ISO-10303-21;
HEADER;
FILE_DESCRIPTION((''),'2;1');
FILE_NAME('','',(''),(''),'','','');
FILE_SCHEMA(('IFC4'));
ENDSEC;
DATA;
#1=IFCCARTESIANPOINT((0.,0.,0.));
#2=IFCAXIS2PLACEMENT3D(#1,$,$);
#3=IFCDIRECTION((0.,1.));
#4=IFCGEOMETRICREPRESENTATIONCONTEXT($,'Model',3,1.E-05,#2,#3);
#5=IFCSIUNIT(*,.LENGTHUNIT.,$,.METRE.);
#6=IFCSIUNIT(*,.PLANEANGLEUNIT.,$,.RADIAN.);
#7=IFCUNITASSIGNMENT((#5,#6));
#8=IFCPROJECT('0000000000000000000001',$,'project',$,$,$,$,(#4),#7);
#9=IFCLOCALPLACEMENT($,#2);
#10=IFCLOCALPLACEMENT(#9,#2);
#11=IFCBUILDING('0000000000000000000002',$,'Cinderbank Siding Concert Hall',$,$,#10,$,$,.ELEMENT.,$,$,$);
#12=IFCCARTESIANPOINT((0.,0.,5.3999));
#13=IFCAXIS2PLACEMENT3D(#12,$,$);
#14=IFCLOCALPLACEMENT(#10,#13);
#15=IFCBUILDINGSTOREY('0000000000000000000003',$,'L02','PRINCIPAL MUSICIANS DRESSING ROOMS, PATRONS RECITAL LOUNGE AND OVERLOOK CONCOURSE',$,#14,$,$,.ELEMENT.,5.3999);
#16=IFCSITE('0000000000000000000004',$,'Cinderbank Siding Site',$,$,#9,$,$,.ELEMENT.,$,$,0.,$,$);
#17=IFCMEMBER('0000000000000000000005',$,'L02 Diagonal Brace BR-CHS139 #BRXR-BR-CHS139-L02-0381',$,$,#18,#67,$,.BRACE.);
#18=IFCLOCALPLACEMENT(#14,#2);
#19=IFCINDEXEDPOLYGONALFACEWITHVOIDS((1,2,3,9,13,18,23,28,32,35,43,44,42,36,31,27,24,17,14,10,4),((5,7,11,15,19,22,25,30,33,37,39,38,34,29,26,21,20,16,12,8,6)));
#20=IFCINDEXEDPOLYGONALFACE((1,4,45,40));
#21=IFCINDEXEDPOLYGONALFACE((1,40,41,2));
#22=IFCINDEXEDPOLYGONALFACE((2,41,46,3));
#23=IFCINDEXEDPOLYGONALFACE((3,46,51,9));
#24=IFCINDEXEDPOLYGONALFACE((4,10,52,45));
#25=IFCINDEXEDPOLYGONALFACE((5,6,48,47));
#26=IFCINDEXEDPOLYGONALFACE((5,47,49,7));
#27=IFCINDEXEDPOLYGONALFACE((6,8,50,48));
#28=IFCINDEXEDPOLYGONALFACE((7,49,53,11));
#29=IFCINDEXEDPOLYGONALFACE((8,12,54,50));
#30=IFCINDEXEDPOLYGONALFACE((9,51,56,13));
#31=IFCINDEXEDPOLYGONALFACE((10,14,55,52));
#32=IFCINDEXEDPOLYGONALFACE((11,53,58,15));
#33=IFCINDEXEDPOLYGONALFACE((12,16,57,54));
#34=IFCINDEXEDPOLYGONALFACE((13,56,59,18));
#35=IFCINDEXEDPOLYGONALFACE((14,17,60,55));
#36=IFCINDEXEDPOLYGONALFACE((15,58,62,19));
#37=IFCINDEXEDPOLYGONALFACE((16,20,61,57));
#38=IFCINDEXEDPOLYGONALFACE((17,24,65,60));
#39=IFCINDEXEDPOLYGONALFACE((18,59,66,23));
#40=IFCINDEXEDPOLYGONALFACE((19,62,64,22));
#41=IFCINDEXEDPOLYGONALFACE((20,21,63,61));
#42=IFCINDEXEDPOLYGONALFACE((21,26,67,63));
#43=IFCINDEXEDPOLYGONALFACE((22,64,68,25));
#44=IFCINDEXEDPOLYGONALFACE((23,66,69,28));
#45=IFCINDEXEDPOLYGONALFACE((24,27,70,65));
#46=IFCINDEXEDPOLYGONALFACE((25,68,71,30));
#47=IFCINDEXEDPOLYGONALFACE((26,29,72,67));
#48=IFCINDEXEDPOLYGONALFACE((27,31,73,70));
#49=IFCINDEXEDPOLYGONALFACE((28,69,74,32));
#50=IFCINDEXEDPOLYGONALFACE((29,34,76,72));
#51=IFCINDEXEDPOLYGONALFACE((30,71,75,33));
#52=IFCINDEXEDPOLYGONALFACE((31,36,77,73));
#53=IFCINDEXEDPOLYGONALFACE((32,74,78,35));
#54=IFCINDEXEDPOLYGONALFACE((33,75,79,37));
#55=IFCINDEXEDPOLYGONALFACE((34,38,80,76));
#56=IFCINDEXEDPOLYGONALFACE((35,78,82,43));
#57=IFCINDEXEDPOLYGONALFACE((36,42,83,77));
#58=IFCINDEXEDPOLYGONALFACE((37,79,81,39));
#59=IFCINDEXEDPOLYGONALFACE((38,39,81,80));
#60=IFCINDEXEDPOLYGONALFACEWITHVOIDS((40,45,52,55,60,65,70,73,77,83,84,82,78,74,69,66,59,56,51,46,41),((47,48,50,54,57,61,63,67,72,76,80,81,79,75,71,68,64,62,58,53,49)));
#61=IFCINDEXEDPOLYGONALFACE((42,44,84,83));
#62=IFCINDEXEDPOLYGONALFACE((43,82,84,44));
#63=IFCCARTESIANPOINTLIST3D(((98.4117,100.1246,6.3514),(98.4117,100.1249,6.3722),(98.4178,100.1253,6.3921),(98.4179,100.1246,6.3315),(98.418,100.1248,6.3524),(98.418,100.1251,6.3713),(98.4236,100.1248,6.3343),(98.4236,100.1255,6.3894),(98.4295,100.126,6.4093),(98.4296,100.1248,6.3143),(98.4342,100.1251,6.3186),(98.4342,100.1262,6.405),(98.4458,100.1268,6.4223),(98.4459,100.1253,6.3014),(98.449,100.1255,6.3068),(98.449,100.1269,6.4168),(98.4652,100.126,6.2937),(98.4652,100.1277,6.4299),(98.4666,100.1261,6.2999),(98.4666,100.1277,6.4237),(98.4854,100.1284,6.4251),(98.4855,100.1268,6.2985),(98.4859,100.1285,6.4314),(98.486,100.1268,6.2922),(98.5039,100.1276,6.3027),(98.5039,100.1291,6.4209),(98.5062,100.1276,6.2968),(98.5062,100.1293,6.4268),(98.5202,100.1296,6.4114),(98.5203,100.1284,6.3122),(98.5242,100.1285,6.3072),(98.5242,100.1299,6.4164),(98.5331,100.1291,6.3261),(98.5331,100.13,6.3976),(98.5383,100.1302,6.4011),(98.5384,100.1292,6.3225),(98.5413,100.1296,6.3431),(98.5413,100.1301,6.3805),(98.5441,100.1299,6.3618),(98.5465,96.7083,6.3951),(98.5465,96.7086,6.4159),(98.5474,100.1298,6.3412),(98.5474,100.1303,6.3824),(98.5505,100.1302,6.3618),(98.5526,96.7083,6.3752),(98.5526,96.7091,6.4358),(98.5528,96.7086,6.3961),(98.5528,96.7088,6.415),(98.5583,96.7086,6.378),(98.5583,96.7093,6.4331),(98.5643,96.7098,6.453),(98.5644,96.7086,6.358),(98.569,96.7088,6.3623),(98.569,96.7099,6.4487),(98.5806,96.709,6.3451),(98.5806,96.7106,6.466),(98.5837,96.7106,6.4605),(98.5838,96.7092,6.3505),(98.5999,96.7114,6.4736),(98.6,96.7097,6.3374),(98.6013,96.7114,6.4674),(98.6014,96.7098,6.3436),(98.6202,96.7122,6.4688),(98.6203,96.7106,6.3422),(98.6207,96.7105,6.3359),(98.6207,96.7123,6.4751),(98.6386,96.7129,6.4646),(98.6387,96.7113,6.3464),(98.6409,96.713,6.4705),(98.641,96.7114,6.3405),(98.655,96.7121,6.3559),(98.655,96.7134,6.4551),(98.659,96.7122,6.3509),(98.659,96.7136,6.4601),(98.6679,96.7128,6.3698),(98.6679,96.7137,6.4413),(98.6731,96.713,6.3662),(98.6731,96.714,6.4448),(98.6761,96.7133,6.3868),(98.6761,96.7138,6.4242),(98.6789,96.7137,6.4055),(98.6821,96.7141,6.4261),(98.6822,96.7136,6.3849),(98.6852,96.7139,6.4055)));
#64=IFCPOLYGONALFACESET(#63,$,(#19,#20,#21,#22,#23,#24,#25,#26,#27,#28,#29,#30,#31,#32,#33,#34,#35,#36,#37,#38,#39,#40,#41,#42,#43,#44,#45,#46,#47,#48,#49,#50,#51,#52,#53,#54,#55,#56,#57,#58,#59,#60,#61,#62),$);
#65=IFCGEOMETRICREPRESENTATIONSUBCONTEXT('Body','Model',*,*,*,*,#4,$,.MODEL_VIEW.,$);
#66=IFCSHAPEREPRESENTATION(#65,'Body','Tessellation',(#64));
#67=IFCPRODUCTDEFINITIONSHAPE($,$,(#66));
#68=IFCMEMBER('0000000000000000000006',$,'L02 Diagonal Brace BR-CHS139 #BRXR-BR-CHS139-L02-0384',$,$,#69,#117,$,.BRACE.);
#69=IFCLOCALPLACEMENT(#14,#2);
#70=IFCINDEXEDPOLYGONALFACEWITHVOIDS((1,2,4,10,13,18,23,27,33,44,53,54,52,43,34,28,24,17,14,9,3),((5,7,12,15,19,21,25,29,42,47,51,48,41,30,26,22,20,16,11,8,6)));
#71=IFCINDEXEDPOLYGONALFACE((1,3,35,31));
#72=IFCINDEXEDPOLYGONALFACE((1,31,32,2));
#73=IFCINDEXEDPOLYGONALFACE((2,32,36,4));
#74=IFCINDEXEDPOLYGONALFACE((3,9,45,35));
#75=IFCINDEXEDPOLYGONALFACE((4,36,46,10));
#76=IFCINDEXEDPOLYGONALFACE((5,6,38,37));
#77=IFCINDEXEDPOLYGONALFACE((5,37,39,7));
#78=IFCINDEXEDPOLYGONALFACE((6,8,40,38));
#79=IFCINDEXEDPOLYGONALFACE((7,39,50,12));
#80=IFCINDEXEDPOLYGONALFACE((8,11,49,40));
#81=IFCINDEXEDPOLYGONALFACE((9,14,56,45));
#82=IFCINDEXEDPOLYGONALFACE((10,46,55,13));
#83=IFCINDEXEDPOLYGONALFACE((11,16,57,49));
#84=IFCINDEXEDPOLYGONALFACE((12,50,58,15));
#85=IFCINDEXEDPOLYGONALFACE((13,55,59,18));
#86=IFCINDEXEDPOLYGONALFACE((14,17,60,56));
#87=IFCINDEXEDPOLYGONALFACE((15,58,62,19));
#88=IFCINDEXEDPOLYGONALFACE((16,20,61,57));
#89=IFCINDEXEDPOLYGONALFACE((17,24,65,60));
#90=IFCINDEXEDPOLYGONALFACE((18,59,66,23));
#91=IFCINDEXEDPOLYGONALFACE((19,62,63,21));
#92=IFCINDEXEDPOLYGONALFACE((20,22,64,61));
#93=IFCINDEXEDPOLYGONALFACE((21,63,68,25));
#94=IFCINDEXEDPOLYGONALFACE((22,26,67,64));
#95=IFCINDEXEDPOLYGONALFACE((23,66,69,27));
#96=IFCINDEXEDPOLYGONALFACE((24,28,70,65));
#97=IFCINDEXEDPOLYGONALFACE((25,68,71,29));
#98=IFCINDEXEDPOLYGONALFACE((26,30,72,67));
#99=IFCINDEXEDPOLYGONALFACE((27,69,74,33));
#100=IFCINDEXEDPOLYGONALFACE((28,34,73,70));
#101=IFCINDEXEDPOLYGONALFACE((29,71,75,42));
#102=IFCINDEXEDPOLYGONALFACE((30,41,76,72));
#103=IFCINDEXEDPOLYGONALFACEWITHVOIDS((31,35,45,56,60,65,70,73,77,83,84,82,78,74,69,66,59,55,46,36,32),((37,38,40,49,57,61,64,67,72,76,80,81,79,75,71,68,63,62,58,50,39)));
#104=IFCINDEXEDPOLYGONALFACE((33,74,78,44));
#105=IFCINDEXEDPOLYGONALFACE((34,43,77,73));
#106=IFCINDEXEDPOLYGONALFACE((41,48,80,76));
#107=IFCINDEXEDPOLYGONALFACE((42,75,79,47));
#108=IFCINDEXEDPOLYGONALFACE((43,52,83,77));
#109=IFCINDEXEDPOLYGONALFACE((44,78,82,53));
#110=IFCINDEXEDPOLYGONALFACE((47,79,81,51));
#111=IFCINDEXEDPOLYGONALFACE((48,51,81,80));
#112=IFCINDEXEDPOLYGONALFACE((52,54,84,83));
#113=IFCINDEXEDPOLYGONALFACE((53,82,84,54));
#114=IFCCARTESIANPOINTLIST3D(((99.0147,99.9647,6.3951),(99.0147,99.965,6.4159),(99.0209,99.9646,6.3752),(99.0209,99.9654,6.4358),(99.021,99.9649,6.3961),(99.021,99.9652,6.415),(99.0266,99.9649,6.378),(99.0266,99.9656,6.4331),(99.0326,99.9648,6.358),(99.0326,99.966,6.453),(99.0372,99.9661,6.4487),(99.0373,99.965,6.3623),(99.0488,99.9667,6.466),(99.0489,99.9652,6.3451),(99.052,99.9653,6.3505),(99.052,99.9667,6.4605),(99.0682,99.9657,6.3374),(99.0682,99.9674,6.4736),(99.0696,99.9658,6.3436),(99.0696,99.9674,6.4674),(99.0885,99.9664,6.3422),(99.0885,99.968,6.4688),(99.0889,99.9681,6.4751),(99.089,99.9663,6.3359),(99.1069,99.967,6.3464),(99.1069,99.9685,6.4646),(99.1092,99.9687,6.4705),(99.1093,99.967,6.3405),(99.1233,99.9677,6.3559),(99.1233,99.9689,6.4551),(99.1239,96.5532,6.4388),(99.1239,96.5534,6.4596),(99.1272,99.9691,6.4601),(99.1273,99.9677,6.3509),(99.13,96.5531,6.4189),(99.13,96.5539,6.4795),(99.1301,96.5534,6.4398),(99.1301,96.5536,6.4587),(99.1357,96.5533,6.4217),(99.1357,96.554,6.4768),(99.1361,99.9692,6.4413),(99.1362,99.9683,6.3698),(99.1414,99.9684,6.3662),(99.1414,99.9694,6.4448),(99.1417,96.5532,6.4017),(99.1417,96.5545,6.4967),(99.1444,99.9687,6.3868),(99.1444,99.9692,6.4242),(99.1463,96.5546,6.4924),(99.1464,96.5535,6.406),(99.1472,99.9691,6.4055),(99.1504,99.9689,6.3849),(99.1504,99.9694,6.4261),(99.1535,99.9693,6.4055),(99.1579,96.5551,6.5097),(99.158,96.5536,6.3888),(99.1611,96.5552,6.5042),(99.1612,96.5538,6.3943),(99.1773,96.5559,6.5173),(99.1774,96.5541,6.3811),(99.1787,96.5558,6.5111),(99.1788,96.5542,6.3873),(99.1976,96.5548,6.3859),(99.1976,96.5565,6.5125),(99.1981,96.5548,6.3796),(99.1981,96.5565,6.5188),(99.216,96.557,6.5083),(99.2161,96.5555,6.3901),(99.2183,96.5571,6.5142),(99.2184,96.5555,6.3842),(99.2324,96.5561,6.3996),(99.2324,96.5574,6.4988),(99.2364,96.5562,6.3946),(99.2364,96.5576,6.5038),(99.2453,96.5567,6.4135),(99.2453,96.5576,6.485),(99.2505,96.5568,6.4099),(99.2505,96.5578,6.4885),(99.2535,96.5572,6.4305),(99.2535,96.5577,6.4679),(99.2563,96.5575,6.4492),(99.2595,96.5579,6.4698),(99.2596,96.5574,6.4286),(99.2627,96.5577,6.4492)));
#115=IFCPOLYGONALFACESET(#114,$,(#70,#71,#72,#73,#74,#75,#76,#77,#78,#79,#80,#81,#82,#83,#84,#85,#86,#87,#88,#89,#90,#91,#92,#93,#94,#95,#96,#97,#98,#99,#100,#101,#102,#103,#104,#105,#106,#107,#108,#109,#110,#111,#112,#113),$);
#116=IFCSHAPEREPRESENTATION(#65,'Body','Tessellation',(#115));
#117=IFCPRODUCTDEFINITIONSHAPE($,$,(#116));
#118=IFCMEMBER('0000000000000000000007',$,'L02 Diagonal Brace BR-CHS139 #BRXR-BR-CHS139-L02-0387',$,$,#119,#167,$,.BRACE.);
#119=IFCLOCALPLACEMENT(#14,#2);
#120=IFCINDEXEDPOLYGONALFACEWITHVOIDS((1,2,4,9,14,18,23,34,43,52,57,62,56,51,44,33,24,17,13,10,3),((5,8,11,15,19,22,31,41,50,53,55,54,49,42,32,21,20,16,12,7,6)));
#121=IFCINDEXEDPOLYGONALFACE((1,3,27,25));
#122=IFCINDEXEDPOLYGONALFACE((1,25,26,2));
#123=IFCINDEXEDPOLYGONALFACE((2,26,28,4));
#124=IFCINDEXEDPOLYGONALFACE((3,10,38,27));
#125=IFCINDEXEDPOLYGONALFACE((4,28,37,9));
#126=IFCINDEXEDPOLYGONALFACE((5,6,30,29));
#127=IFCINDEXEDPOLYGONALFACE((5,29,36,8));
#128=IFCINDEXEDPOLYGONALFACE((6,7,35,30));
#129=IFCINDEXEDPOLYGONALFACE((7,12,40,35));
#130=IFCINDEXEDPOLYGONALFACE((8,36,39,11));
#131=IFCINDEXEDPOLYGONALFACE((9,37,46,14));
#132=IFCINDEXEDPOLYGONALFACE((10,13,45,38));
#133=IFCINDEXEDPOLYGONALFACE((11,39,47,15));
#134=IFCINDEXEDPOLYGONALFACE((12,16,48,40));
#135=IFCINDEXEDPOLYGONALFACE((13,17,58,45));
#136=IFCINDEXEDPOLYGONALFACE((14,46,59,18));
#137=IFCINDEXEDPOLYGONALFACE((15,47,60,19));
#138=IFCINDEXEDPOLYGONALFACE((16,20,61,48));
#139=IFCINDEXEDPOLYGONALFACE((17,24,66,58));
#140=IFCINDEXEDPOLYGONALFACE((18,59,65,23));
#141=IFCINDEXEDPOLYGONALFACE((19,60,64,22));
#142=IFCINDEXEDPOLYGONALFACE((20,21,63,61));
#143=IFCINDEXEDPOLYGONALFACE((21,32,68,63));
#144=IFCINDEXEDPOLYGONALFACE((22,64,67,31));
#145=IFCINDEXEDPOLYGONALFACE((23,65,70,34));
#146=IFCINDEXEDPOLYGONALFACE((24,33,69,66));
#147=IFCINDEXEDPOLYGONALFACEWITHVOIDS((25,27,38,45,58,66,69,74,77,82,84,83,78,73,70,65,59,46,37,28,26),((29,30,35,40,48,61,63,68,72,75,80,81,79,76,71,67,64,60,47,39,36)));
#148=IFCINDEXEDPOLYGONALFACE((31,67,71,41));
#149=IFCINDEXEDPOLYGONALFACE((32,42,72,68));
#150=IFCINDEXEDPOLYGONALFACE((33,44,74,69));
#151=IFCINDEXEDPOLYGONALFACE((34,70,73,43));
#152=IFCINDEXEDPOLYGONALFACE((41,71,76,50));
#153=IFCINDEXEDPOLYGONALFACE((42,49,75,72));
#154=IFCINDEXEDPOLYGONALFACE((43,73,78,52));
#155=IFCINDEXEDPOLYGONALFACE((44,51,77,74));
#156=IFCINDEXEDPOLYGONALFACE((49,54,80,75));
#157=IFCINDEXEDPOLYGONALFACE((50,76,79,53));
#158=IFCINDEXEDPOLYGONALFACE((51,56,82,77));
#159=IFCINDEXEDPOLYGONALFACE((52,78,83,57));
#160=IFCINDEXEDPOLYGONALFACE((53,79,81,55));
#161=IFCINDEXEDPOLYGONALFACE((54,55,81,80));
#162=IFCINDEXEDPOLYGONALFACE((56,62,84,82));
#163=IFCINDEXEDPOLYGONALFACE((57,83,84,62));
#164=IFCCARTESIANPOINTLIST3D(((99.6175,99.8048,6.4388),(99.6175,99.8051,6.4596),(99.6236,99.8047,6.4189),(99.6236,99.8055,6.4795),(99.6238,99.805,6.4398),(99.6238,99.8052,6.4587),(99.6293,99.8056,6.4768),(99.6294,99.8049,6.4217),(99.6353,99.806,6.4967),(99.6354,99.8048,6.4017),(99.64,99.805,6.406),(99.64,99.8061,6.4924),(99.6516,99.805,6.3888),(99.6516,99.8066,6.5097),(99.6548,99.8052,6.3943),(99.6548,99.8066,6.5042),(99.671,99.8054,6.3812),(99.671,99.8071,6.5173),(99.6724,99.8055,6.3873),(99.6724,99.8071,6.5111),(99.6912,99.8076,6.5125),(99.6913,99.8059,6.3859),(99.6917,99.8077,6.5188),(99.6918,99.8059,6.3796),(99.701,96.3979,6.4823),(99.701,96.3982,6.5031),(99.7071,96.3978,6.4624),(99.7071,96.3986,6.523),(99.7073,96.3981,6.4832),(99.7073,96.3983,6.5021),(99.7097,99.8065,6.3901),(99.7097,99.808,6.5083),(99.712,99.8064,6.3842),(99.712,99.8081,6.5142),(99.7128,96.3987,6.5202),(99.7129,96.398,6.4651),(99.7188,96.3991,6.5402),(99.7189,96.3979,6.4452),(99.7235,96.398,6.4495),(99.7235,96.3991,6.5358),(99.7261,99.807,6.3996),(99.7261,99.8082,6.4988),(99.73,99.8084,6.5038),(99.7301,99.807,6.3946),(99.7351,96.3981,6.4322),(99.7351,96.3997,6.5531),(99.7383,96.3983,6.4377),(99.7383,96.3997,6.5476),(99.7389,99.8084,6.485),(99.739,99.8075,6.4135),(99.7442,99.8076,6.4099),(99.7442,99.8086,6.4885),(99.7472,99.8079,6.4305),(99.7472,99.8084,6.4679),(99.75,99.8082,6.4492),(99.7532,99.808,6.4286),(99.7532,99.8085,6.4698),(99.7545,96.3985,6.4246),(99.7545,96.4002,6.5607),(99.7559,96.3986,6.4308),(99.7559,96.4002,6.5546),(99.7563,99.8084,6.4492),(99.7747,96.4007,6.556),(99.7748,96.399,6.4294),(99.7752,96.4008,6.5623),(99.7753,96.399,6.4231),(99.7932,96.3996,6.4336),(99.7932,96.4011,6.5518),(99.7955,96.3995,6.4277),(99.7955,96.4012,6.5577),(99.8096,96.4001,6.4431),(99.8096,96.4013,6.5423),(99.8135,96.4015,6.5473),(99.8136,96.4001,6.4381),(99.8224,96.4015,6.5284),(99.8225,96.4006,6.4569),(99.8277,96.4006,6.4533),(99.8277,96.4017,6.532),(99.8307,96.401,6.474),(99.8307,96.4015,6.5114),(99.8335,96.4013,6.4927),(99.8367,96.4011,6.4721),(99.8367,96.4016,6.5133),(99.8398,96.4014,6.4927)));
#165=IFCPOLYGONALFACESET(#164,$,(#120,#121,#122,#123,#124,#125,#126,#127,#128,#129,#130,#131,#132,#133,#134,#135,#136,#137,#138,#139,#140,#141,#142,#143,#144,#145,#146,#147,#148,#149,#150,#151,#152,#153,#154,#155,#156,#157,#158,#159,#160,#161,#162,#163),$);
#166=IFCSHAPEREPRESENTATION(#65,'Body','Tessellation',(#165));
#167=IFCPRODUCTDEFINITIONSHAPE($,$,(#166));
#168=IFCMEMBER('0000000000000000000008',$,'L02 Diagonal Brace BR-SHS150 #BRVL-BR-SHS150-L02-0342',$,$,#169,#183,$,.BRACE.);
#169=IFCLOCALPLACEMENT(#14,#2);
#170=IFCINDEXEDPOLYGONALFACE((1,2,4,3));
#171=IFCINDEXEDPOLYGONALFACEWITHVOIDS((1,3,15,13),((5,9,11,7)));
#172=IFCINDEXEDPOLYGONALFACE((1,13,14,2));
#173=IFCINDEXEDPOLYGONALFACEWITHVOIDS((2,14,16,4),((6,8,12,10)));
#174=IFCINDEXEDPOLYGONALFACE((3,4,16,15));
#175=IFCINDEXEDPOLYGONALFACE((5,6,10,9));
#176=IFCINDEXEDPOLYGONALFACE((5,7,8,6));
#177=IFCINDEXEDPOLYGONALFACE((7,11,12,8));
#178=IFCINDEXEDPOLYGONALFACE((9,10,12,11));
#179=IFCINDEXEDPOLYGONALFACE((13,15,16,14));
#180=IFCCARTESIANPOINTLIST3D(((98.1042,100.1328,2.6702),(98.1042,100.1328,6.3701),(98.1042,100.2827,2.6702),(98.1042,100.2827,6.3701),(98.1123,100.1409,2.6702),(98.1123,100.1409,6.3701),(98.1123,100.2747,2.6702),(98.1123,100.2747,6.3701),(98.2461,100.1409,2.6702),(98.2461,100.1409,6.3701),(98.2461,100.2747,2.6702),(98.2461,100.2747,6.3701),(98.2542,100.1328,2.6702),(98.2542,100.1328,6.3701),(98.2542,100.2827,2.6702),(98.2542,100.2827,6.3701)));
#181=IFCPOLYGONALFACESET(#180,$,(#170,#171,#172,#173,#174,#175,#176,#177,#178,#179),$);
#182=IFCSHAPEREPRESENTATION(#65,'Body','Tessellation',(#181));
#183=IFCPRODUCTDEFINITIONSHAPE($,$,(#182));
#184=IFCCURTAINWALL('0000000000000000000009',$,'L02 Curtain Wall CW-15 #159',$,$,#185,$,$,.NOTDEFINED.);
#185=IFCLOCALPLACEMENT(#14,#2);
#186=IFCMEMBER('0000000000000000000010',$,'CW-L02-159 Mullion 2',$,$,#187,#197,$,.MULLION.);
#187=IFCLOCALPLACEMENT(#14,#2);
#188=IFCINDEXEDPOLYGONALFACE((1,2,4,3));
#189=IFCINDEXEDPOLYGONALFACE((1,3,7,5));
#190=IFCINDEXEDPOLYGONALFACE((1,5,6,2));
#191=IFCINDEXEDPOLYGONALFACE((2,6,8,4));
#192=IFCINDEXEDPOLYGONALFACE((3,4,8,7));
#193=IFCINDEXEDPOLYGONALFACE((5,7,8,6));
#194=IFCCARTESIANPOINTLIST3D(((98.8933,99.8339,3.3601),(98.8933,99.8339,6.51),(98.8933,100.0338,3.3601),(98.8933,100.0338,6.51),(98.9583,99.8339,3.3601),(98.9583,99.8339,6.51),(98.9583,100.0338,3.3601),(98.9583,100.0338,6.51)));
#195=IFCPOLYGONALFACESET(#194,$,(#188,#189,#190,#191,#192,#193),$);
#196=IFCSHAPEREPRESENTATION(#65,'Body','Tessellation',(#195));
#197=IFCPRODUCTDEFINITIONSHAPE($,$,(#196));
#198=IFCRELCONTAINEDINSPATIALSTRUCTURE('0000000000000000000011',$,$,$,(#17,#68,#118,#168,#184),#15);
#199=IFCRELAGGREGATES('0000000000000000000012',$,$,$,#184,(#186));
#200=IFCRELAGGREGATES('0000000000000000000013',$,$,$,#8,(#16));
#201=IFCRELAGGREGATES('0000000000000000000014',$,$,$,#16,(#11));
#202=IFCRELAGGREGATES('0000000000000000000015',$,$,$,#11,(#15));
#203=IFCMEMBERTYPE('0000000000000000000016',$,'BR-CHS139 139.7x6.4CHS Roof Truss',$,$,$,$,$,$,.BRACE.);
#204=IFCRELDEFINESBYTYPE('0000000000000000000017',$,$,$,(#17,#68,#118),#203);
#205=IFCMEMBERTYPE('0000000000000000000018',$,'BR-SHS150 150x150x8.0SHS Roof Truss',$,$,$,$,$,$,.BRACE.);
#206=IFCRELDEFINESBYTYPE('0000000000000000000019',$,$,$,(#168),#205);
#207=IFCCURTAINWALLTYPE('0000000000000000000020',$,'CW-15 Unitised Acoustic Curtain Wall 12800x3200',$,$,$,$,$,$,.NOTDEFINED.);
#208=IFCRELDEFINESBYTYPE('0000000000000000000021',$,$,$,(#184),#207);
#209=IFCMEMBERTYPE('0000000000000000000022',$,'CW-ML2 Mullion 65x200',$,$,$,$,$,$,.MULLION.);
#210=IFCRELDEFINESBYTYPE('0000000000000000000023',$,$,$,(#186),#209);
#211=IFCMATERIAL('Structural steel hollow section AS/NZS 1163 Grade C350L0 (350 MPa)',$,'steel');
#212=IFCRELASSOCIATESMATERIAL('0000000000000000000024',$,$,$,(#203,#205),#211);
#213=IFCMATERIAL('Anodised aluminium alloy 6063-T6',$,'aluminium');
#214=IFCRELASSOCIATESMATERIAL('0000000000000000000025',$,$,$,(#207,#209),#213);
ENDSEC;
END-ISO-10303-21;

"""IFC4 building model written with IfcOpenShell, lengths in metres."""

from ifc_helpers import new_model, si_unit, direction, frame, origin, origin_2d, place, context, subcontext, project, spatial, rectangle, hollow_rectangle, hollow_circle, extrude, material, material_profile, profile_set, type_object, element, aggregate, save


model = new_model("IFC4")

# Units and contexts
model_context = context("Model", 3, precision=1e-05, world=origin(), true_north=direction((0.0, 1.0)))
body_context = subcontext(model_context, "Body", "Model", "MODEL_VIEW")
ifc_project = project(units=[si_unit("LENGTHUNIT", "METRE"), si_unit("PLANEANGLEUNIT", "RADIAN")], contexts=[model_context])

# Site, building, storey
site_placement = place(None, origin())
site = spatial("IfcSite", under=ifc_project, at=site_placement, Name="Cinderbank Siding Site", CompositionType="ELEMENT", RefElevation=0.0)
building_placement = place(site_placement, origin())
building = spatial("IfcBuilding", under=site, at=building_placement, Name="Cinderbank Siding Concert Hall", CompositionType="ELEMENT")
storey_placement = place(building_placement, frame((0.0, 0.0, 5.3999)))
storey = spatial("IfcBuildingStorey", under=building, at=storey_placement, Name="L02", Description="PRINCIPAL MUSICIANS DRESSING ROOMS, PATRONS RECITAL LOUNGE AND OVERLOOK CONCOURSE", CompositionType="ELEMENT", Elevation=5.3999)

# Members
ifc_material_1 = material(Name="Structural steel hollow section AS/NZS 1163 Grade C350L0 (350 MPa)", Category="steel")
ifc_material_profile_1 = material_profile(ifc_material_1, hollow_circle(Radius=0.0698, WallThickness=0.0063, at=origin_2d()), Name="139.7x6.4CHS", Category="LoadBearing")
ifc_profile_set_1 = profile_set([ifc_material_profile_1], Name="Structural steel hollow section AS/NZS 1163 Grade C350L0 (350 MPa)")
member_type_1 = type_object("IfcMemberType", Name="BR-CHS139 139.7x6.4CHS Roof Truss", PredefinedType="BRACE", material=ifc_profile_set_1)
member_1_placement = place(storey_placement, frame((98.4807, 100.1274, 6.3618), z_axis=(0.039414, -0.999141, 0.012781), x_axis=(0.999223, 0.039418, 0.0)))
element("IfcMember", 1, at=member_1_placement, inside=storey, type_object=member_type_1, Name="L02 Diagonal Brace BR-CHS139 #BRXR-BR-CHS139-L02-0381", PredefinedType="BRACE", context=body_context, shape_type="SweptSolid", body=[
    extrude(hollow_circle(Radius=0.0698, WallThickness=0.0063, at=origin_2d()), origin(), (0.0, 0.0, 1.0), 3.4192),
])
member_2_placement = place(storey_placement, frame((99.0837, 99.967, 6.4055), z_axis=(0.031969, -0.999407, 0.012802), x_axis=(0.999489, 0.031972, 0.0)))
element("IfcMember", 2, at=member_2_placement, inside=storey, type_object=member_type_1, Name="L02 Diagonal Brace BR-CHS139 #BRXR-BR-CHS139-L02-0384", PredefinedType="BRACE", context=body_context, shape_type="SweptSolid", body=[
    extrude(hollow_circle(Radius=0.0698, WallThickness=0.0063, at=origin_2d()), origin(), (0.0, 0.0, 1.0), 3.4136),
])
member_3_placement = place(storey_placement, frame((99.6865, 99.8066, 6.4492), z_axis=(0.024498, -0.999619, 0.01275), x_axis=(0.9997, 0.0245, 0.0)))
element("IfcMember", 3, at=member_3_placement, inside=storey, type_object=member_type_1, Name="L02 Diagonal Brace BR-CHS139 #BRXR-BR-CHS139-L02-0387", PredefinedType="BRACE", context=body_context, shape_type="SweptSolid", body=[
    extrude(hollow_circle(Radius=0.0698, WallThickness=0.0063, at=origin_2d()), origin(), (0.0, 0.0, 1.0), 3.4082),
])
ifc_material_profile_2 = material_profile(ifc_material_1, hollow_rectangle(XDim=0.1499, YDim=0.1499, WallThickness=0.0081, at=origin_2d()), Name="150x150x8.0SHS", Category="LoadBearing")
ifc_profile_set_2 = profile_set([ifc_material_profile_2], Name="Structural steel hollow section AS/NZS 1163 Grade C350L0 (350 MPa)")
member_type_2 = type_object("IfcMemberType", Name="BR-SHS150 150x150x8.0SHS Roof Truss", PredefinedType="BRACE", material=ifc_profile_set_2)
member_4_placement = place(storey_placement, frame((98.1792, 100.2078, 2.6702), z_axis=(0.0, 0.0, 1.0), x_axis=(1.0, 0.0, 0.0)))
element("IfcMember", 4, at=member_4_placement, inside=storey, type_object=member_type_2, Name="L02 Diagonal Brace BR-SHS150 #BRVL-BR-SHS150-L02-0342", PredefinedType="BRACE", context=body_context, shape_type="SweptSolid", body=[
    extrude(hollow_rectangle(XDim=0.1499, YDim=0.1499, WallThickness=0.0081, at=origin_2d()), origin(), (0.0, 0.0, 1.0), 3.7),
])

# Curtain wall, member
ifc_material_2 = material(Name="Anodised aluminium alloy 6063-T6", Category="aluminium")
curtain_wall_type = type_object("IfcCurtainWallType", Name="CW-15 Unitised Acoustic Curtain Wall 12800x3200", PredefinedType="NOTDEFINED", material=ifc_material_2)
curtain_wall_placement = place(storey_placement, origin())
curtain_wall = element("IfcCurtainWall", 5, at=curtain_wall_placement, inside=storey, type_object=curtain_wall_type, Name="L02 Curtain Wall CW-15 #159", PredefinedType="NOTDEFINED")
ifc_material_profile_3 = material_profile(ifc_material_2, rectangle(XDim=0.0649, YDim=0.2, at=origin_2d()), Name="ALU-MULL-65x200", Category="LoadBearing")
ifc_profile_set_3 = profile_set([ifc_material_profile_3], Name="Anodised aluminium alloy 6063-T6")
member_type_3 = type_object("IfcMemberType", Name="CW-ML2 Mullion 65x200", PredefinedType="MULLION", material=ifc_profile_set_3)
member_5_placement = place(storey_placement, frame((98.9258, 99.9338, 3.3601), z_axis=(0.0, 0.0, 1.0), x_axis=(1.0, 0.0, 0.0)))
member_5 = element("IfcMember", 6, at=member_5_placement, type_object=member_type_3, Name="CW-L02-159 Mullion 2", PredefinedType="MULLION", context=body_context, shape_type="SweptSolid", body=[
    extrude(rectangle(XDim=0.0649, YDim=0.2, at=origin_2d()), origin(), (0.0, 0.0, 1.0), 3.1499),
])

aggregate(curtain_wall, [member_5])

save(model, "model.ifc")
